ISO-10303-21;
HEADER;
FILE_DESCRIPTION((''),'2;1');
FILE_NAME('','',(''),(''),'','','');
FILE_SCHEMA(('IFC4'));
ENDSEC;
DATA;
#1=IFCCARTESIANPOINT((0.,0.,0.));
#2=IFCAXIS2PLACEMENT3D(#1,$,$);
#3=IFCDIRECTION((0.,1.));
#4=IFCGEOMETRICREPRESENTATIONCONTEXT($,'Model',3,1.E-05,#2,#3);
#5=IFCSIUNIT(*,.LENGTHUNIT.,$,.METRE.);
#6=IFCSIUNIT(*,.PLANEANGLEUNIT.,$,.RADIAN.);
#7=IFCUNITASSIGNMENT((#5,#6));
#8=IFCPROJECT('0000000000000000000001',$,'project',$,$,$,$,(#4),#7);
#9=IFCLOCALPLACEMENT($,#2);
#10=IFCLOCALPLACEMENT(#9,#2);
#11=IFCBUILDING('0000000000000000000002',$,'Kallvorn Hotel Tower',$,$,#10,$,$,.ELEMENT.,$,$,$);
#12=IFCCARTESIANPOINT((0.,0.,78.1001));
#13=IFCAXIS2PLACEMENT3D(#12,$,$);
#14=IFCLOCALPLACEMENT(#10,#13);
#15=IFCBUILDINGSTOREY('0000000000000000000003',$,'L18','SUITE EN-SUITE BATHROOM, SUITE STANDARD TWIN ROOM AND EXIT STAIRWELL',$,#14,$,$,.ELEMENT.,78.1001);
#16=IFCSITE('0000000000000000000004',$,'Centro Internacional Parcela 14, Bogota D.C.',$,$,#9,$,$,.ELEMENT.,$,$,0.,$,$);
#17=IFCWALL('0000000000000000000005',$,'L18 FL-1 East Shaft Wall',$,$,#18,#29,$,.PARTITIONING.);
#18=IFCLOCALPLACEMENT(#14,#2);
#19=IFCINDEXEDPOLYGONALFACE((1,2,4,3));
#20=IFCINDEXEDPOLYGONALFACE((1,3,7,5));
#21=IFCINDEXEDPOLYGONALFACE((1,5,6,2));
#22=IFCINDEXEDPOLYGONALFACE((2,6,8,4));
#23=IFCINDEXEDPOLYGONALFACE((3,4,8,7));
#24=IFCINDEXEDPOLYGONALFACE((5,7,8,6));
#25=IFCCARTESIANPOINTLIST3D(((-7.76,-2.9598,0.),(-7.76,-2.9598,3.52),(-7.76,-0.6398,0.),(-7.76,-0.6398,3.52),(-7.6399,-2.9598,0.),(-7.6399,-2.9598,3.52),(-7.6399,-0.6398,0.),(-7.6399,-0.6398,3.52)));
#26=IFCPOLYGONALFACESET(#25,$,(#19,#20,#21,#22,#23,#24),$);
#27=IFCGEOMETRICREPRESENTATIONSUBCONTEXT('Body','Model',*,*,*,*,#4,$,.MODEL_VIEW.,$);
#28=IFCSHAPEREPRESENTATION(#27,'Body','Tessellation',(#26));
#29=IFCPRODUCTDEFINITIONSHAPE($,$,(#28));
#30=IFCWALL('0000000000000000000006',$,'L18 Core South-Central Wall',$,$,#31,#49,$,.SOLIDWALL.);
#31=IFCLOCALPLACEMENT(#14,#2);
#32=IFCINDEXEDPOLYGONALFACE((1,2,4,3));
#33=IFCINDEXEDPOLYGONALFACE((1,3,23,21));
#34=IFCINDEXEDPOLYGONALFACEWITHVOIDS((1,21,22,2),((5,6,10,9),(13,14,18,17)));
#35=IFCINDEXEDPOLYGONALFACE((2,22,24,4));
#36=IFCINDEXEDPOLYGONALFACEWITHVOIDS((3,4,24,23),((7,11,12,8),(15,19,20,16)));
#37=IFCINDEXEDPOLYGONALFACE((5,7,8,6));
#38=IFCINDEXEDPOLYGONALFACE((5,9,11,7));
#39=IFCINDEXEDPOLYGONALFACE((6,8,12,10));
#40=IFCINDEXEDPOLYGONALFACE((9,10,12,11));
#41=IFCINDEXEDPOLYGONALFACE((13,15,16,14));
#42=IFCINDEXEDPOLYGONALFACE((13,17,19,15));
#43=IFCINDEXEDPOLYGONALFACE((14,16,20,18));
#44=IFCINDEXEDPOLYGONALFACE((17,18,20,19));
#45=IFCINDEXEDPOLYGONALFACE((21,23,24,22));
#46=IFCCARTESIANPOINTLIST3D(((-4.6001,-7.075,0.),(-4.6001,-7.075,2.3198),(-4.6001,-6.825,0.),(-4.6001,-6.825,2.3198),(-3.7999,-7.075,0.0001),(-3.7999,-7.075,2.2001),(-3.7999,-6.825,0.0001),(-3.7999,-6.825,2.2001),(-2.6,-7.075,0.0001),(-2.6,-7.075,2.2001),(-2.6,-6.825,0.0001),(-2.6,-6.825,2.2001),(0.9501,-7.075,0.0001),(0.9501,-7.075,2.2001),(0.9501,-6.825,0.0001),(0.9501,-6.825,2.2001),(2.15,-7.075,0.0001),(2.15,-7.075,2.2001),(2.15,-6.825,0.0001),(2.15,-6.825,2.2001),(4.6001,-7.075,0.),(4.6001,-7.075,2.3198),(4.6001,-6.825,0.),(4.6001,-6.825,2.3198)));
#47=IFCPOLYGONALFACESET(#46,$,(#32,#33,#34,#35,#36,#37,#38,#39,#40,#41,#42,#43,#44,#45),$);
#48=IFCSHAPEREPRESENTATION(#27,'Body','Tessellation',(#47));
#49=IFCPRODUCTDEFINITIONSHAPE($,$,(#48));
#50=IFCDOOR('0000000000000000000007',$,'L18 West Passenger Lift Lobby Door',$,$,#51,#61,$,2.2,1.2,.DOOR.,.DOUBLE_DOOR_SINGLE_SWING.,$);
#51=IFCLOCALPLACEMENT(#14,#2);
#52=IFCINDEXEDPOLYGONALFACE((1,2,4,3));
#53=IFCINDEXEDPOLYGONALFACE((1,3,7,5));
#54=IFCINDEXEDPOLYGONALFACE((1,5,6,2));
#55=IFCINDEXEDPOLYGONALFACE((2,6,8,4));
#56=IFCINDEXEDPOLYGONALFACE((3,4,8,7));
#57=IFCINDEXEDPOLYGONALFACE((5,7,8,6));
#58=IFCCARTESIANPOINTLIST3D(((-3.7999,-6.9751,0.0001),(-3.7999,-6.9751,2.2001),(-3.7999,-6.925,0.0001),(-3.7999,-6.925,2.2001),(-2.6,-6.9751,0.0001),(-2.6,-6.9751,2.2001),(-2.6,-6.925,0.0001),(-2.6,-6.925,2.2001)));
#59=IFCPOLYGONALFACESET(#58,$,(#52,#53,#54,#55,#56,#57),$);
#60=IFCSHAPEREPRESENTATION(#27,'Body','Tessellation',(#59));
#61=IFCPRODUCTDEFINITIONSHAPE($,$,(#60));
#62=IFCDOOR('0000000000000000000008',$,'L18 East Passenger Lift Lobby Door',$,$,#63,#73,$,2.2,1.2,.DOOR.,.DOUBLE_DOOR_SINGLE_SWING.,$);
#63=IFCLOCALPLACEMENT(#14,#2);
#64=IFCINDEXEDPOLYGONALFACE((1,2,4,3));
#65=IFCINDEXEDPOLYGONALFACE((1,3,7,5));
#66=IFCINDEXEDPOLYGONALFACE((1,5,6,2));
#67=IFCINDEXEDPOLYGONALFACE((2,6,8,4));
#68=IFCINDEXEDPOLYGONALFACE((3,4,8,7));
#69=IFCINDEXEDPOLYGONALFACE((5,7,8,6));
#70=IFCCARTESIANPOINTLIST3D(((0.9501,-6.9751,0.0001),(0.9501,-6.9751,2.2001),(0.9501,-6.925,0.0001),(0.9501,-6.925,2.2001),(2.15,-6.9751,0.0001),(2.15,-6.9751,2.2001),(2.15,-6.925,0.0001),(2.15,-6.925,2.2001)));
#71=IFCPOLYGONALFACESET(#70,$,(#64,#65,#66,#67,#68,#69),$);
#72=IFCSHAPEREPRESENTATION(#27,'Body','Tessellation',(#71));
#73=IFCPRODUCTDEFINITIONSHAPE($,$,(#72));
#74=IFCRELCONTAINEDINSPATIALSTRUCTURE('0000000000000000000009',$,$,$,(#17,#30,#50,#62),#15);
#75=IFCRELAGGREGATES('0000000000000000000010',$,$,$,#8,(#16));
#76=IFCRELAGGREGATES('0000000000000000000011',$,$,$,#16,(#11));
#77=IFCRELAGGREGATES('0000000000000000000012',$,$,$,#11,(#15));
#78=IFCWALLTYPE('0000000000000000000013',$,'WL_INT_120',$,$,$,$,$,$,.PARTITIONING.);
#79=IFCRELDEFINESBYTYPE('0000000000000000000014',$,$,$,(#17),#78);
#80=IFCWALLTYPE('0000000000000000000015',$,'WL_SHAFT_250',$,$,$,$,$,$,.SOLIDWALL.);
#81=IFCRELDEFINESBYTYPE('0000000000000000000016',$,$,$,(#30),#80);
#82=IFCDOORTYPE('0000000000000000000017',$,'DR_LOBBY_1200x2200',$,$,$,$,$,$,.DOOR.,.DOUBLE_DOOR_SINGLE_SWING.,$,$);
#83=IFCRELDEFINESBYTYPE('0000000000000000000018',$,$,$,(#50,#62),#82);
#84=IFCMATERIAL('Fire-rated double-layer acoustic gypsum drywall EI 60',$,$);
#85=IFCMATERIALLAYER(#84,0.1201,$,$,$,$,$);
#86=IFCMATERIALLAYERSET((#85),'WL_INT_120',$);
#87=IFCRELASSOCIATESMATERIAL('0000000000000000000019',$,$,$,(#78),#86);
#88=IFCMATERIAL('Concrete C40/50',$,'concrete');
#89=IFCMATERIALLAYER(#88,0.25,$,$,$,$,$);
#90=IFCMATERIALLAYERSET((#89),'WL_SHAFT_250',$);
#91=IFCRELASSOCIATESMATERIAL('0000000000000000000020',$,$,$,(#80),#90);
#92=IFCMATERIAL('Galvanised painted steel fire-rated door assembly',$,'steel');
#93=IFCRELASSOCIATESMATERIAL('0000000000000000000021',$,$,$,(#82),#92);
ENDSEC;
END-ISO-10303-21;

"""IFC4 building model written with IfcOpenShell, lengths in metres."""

from ifc_helpers import new_model, si_unit, direction, frame, frame_2d, origin, place, context, subcontext, project, spatial, rectangle, extrude, material, layer, layer_set, type_object, element, fill, save


model = new_model("IFC4")

# Units and contexts
model_context = context("Model", 3, precision=1e-05, world=origin(), true_north=direction((0.0, 1.0)))
body_context = subcontext(model_context, "Body", "Model", "MODEL_VIEW")
ifc_project = project(units=[si_unit("LENGTHUNIT", "METRE"), si_unit("PLANEANGLEUNIT", "RADIAN")], contexts=[model_context])

# Site, building, storey
site_placement = place(None, origin())
site = spatial("IfcSite", under=ifc_project, at=site_placement, Name="Centro Internacional Parcela 14, Bogota D.C.", CompositionType="ELEMENT", RefElevation=0.0)
building_placement = place(site_placement, origin())
building = spatial("IfcBuilding", under=site, at=building_placement, Name="Kallvorn Hotel Tower", CompositionType="ELEMENT")
storey_placement = place(building_placement, frame((0.0, 0.0, 78.1001)))
storey = spatial("IfcBuildingStorey", under=building, at=storey_placement, Name="L18", Description="SUITE EN-SUITE BATHROOM, SUITE STANDARD TWIN ROOM AND EXIT STAIRWELL", CompositionType="ELEMENT", Elevation=78.1001)

# Wall
ifc_material_1 = material(Name="Fire-rated double-layer acoustic gypsum drywall EI 60")
ifc_layer_1 = layer(ifc_material_1, 0.1201)
ifc_layer_set_1 = layer_set([ifc_layer_1], Name="WL_INT_120")
wall_type_1 = type_object("IfcWallType", Name="WL_INT_120", PredefinedType="PARTITIONING", material=ifc_layer_set_1)
wall_1_placement = place(storey_placement, frame((-7.7, -2.96, 0.0), z_axis=(0.0, 0.0, 1.0), x_axis=(0.0, 1.0, 0.0)))
element("IfcWall", 1, at=wall_1_placement, inside=storey, type_object=wall_type_1, Name="L18 FL-1 East Shaft Wall", PredefinedType="PARTITIONING", context=body_context, shape_type="SweptSolid", body=[
    extrude(rectangle(XDim=2.3201, YDim=0.1201, at=frame_2d((1.1602, 0.0))), origin(), (0.0, 0.0, 1.0), 3.52),
])

# Wall, openings, doors
ifc_material_2 = material(Name="Concrete C40/50", Category="concrete")
ifc_layer_2 = layer(ifc_material_2, 0.25)
ifc_layer_set_2 = layer_set([ifc_layer_2], Name="WL_SHAFT_250")
wall_type_2 = type_object("IfcWallType", Name="WL_SHAFT_250", PredefinedType="SOLIDWALL", material=ifc_layer_set_2)
wall_2_placement = place(storey_placement, frame((-4.6001, -6.95, 0.0), z_axis=(0.0, 0.0, 1.0), x_axis=(1.0, 0.0, 0.0)))
wall_2 = element("IfcWall", 2, at=wall_2_placement, inside=storey, type_object=wall_type_2, Name="L18 Core South-Central Wall", PredefinedType="SOLIDWALL", context=body_context, shape_type="SweptSolid", body=[
    extrude(rectangle(XDim=9.2002, YDim=0.25, at=frame_2d((4.6001, 0.0))), origin(), (0.0, 0.0, 1.0), 2.3198),
])
opening_1_placement = place(wall_2_placement, frame((0.8, 0.0, 0.0)))
opening_1 = element("IfcOpeningElement", 3, at=opening_1_placement, cuts=wall_2, PredefinedType="OPENING", context=body_context, shape_type="SweptSolid", body=[
    extrude(rectangle(XDim=1.2, YDim=2.2, at=frame_2d((0.6001, 1.1001))), frame((0.0, 0.1399, 0.0), z_axis=(0.0, -1.0, 0.0), x_axis=(1.0, 0.0, 0.0)), (0.0, 0.0, 1.0), 0.28),
])
opening_2_placement = place(wall_2_placement, frame((5.55, 0.0, 0.0)))
opening_2 = element("IfcOpeningElement", 4, at=opening_2_placement, cuts=wall_2, PredefinedType="OPENING", context=body_context, shape_type="SweptSolid", body=[
    extrude(rectangle(XDim=1.2, YDim=2.2, at=frame_2d((0.6001, 1.1001))), frame((0.0, 0.1399, 0.0), z_axis=(0.0, -1.0, 0.0), x_axis=(1.0, 0.0, 0.0)), (0.0, 0.0, 1.0), 0.28),
])
ifc_material_3 = material(Name="Galvanised painted steel fire-rated door assembly", Category="steel")
door_type_1 = type_object("IfcDoorType", Name="DR_LOBBY_1200x2200", OperationType="DOUBLE_DOOR_SINGLE_SWING", PredefinedType="DOOR", material=ifc_material_3)
door_1_placement = place(opening_1_placement, origin())
door_1 = element("IfcDoor", 5, at=door_1_placement, inside=storey, type_object=door_type_1, Name="L18 West Passenger Lift Lobby Door", OperationType="DOUBLE_DOOR_SINGLE_SWING", OverallHeight=2.2, OverallWidth=1.2, PredefinedType="DOOR", context=body_context, shape_type="SweptSolid", body=[
    extrude(rectangle(XDim=1.2, YDim=2.2, at=frame_2d((0.6001, 1.1001))), frame((0.0, 0.0249, 0.0), z_axis=(0.0, -1.0, 0.0), x_axis=(1.0, 0.0, 0.0)), (0.0, 0.0, 1.0), 0.05),
])
fill(opening_1, door_1)
door_2_placement = place(opening_2_placement, origin())
door_2 = element("IfcDoor", 6, at=door_2_placement, inside=storey, type_object=door_type_1, Name="L18 East Passenger Lift Lobby Door", OperationType="DOUBLE_DOOR_SINGLE_SWING", OverallHeight=2.2, OverallWidth=1.2, PredefinedType="DOOR", context=body_context, shape_type="SweptSolid", body=[
    extrude(rectangle(XDim=1.2, YDim=2.2, at=frame_2d((0.6001, 1.1001))), frame((0.0, 0.0249, 0.0), z_axis=(0.0, -1.0, 0.0), x_axis=(1.0, 0.0, 0.0)), (0.0, 0.0, 1.0), 0.05),
])
fill(opening_2, door_2)

save(model, "model.ifc")
